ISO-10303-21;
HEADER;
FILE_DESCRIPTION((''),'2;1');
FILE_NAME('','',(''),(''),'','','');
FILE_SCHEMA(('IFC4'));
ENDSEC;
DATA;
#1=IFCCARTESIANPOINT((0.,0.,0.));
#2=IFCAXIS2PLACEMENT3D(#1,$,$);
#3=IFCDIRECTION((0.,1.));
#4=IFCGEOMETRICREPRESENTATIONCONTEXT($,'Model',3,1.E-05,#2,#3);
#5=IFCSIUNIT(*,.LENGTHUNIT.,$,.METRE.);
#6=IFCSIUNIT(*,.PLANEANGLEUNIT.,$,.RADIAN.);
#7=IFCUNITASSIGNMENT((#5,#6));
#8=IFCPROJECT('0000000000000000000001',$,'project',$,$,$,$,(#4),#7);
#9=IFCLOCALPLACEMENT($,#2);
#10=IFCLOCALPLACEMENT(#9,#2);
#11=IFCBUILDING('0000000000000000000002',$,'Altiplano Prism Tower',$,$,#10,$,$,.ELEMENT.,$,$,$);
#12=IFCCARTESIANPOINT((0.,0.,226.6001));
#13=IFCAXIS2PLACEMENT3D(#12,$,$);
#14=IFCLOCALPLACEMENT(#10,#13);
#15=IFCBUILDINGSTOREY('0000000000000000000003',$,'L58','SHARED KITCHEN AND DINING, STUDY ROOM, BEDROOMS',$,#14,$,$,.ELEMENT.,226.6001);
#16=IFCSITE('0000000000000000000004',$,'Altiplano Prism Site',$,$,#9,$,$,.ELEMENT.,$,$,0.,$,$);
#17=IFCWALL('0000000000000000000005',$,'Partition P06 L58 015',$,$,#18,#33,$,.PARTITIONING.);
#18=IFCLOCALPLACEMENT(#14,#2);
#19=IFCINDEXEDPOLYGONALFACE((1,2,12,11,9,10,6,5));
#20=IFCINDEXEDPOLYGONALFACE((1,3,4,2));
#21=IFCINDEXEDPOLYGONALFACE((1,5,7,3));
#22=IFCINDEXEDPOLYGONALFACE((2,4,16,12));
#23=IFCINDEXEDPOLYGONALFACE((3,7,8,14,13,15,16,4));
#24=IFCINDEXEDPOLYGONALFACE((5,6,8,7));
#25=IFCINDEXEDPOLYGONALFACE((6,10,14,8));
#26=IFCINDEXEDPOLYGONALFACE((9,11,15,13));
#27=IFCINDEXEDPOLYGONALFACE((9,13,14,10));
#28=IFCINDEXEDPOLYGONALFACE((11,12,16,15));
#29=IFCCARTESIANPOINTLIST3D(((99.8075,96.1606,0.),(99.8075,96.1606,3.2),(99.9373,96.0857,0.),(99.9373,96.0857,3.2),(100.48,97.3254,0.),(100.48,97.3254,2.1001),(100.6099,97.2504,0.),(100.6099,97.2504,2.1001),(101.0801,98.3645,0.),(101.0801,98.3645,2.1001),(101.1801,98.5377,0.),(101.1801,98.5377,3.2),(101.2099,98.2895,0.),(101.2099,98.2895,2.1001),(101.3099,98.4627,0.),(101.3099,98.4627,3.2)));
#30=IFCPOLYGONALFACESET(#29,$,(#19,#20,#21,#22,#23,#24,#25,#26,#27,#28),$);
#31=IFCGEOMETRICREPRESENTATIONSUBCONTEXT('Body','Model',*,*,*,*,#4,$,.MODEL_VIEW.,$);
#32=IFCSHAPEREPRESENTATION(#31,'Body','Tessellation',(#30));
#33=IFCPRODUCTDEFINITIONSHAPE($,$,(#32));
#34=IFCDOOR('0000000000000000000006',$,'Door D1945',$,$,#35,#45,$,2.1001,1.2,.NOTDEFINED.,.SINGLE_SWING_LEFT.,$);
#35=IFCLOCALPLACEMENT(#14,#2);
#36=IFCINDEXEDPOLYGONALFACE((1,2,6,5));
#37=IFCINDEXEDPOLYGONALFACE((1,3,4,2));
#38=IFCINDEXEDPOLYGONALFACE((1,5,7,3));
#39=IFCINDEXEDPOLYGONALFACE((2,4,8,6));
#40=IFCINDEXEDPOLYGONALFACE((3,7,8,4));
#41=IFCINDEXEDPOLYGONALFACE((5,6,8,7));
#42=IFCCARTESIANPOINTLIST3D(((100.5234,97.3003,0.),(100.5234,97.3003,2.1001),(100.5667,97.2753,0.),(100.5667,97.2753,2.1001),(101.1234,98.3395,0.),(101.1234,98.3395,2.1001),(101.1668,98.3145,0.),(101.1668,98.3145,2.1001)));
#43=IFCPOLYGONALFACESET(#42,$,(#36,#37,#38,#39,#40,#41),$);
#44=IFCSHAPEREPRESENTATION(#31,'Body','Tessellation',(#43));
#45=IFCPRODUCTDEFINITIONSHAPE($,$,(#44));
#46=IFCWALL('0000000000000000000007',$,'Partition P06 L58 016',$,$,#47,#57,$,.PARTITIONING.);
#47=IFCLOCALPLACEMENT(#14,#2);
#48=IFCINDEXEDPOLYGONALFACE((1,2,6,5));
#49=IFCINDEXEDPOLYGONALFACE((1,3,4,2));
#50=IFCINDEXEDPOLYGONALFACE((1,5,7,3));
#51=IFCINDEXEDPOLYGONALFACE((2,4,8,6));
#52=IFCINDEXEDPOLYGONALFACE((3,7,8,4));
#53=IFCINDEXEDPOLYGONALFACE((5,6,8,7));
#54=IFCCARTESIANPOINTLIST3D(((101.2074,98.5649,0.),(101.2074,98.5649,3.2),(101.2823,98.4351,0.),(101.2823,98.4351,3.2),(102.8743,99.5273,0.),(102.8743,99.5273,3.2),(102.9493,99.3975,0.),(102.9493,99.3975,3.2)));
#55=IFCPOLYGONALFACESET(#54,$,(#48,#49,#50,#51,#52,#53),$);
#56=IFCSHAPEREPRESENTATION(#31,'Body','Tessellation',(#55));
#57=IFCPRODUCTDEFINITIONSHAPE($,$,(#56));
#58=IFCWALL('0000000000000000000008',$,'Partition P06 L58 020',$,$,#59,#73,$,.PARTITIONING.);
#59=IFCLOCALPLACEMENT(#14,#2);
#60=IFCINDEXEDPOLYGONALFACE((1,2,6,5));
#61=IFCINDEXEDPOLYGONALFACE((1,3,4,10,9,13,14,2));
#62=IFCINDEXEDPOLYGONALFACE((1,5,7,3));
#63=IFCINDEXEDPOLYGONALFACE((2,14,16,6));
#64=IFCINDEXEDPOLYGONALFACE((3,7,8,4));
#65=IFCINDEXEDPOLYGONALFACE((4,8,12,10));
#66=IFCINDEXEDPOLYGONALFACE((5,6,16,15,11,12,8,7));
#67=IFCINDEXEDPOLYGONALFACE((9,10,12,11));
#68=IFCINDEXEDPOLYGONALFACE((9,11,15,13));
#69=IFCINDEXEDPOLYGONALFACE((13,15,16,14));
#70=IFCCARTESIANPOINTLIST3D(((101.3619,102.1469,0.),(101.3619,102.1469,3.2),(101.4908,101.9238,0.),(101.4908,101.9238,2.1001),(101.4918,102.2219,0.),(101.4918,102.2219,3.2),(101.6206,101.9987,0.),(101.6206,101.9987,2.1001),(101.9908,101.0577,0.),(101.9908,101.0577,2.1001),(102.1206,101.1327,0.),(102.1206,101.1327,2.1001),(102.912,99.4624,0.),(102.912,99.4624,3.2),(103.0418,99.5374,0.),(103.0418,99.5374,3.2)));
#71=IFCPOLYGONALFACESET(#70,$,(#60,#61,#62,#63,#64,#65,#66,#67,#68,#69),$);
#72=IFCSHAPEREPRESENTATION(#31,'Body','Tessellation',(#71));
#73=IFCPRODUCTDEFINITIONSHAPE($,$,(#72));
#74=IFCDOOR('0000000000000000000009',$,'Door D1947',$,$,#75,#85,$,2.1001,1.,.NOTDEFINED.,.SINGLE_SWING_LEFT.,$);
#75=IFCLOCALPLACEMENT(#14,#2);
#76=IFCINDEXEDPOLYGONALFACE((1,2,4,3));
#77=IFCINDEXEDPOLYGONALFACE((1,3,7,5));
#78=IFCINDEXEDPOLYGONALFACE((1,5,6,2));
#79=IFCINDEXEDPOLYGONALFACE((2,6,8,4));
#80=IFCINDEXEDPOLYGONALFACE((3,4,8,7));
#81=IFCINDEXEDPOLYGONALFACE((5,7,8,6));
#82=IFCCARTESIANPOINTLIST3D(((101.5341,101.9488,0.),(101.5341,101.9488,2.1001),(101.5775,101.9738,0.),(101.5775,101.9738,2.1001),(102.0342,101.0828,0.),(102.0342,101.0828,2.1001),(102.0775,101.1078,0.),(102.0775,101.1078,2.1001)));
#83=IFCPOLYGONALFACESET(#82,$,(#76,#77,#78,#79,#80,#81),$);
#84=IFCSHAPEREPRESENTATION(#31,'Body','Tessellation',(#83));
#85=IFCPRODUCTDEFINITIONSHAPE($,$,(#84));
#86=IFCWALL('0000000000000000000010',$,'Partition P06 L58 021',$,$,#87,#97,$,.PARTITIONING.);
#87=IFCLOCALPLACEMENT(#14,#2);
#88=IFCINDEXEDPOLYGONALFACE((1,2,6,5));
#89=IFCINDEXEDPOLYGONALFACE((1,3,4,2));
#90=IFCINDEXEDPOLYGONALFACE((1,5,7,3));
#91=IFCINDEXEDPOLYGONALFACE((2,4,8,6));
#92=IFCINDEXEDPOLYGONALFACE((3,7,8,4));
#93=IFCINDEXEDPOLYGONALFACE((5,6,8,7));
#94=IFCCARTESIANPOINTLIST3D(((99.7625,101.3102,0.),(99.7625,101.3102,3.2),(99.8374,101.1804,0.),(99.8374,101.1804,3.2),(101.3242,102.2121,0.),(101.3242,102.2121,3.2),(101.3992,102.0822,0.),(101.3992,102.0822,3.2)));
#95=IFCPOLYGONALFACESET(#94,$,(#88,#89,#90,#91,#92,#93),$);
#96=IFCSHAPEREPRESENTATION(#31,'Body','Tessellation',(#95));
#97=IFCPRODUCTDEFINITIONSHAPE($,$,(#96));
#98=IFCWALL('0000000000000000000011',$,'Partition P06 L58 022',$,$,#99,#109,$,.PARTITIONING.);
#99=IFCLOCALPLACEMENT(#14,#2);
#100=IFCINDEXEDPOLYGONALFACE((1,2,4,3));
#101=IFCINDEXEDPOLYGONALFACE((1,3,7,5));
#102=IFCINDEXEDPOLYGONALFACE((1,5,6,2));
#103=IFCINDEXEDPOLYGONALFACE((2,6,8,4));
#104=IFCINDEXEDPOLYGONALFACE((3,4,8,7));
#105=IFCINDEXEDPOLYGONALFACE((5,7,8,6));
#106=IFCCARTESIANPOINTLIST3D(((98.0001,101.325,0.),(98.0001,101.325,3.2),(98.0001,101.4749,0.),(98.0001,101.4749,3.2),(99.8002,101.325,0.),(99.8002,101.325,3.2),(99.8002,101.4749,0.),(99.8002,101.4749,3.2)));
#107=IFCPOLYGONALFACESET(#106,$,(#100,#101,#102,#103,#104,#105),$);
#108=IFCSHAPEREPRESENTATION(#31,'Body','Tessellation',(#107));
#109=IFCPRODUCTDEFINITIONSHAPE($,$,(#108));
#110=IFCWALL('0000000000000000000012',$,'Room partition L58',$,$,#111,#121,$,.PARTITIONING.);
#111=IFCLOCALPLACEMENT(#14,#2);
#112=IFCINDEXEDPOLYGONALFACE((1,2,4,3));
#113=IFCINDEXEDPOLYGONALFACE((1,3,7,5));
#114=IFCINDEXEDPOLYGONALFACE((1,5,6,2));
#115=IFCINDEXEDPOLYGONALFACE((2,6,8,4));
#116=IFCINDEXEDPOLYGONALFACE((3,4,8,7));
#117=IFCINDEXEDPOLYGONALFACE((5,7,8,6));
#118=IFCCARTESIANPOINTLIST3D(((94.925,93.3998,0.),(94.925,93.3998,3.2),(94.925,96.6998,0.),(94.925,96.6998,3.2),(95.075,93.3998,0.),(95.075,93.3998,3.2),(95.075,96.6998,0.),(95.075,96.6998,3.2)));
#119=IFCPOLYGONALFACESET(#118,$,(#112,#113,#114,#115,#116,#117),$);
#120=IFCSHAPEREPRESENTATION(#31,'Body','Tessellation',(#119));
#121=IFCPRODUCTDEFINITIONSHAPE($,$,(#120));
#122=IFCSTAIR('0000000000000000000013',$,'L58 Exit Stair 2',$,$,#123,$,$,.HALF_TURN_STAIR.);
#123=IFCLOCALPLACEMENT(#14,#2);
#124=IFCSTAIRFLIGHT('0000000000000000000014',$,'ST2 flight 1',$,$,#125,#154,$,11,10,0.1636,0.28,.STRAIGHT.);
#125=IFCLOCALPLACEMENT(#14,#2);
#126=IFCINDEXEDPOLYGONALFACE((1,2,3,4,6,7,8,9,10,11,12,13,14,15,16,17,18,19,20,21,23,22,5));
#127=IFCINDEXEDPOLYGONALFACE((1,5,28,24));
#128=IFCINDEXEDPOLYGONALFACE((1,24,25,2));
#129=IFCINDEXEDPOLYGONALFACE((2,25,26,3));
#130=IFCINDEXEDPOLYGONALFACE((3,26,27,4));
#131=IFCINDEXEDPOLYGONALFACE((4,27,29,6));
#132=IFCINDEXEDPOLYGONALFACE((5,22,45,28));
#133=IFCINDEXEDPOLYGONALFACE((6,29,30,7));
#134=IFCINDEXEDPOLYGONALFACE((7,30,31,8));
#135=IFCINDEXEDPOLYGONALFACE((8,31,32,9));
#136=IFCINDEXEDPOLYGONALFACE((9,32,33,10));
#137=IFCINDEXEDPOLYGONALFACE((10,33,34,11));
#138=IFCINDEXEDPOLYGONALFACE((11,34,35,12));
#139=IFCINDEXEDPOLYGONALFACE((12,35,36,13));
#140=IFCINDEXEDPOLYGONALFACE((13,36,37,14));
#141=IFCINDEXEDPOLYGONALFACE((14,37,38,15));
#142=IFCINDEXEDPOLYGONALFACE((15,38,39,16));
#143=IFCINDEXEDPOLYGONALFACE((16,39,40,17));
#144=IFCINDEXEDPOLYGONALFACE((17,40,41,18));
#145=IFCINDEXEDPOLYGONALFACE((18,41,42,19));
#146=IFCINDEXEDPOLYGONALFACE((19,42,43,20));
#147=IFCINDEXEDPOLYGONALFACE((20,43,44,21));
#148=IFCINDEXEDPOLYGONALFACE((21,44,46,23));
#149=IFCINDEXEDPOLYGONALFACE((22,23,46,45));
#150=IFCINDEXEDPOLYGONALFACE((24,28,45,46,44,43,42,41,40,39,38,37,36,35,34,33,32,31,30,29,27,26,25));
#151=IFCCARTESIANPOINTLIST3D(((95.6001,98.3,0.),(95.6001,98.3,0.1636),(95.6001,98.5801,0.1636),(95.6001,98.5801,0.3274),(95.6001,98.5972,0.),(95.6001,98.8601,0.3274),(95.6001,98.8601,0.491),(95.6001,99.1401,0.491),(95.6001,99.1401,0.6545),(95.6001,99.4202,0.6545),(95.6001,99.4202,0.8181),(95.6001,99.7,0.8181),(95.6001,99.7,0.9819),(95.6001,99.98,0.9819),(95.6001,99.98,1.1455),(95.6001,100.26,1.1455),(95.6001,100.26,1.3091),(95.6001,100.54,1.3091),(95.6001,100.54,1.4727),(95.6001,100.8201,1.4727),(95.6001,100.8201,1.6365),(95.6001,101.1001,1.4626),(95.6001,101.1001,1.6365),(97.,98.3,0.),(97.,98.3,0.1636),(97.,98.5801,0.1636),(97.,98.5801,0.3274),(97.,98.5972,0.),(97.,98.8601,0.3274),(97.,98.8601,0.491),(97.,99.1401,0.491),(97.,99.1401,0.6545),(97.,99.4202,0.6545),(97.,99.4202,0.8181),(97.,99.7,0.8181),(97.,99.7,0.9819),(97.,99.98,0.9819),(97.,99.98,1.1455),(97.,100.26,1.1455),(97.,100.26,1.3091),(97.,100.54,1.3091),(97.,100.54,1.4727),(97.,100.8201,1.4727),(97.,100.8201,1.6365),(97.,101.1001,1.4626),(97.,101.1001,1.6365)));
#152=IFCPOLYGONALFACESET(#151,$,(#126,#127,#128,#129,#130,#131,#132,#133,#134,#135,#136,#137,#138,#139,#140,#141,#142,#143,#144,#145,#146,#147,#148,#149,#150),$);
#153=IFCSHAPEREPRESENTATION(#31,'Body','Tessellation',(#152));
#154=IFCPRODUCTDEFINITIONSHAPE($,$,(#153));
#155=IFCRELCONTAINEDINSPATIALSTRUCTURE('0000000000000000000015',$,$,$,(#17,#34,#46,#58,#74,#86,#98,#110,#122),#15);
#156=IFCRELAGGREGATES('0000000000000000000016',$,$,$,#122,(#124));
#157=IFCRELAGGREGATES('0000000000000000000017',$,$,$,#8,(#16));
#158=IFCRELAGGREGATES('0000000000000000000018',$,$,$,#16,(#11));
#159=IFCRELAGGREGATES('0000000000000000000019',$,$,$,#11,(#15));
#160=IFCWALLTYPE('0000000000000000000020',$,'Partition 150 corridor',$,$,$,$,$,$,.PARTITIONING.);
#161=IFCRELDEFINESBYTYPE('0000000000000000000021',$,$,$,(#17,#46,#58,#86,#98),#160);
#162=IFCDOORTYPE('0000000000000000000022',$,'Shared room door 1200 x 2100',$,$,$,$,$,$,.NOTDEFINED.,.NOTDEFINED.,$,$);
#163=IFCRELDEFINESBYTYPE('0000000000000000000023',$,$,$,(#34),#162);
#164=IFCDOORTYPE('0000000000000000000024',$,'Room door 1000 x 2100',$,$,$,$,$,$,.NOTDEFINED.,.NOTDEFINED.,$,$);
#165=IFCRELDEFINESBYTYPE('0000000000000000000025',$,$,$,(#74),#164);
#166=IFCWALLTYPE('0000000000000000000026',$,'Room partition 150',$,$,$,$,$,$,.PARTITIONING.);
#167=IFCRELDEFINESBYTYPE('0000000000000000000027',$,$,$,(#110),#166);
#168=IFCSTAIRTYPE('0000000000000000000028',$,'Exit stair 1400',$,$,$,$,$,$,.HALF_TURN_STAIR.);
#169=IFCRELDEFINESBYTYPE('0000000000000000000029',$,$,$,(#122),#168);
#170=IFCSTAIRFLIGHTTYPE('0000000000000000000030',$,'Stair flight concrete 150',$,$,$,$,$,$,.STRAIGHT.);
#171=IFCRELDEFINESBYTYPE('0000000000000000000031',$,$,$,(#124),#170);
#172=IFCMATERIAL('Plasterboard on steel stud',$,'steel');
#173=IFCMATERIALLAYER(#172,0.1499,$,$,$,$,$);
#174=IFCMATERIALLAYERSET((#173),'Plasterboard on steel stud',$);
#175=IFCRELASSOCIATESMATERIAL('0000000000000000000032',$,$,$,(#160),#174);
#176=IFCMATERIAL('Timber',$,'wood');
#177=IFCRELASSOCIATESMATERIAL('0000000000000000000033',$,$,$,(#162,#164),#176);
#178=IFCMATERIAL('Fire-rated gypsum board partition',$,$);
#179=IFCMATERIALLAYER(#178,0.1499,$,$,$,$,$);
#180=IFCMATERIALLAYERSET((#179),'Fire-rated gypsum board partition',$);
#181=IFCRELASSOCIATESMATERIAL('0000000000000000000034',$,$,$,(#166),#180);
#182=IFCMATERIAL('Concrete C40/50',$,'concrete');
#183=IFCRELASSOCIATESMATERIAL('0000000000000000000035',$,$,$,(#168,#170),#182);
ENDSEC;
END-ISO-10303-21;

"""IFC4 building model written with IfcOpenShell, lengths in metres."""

from ifc_helpers import new_model, si_unit, direction, frame, frame_2d, origin, place, context, subcontext, project, spatial, polyline, rectangle, outline, extrude, material, layer, layer_set, type_object, element, fill, aggregate, save


model = new_model("IFC4")

# Units and contexts
model_context = context("Model", 3, precision=1e-05, world=origin(), true_north=direction((0.0, 1.0)))
body_context = subcontext(model_context, "Body", "Model", "MODEL_VIEW")
ifc_project = project(units=[si_unit("LENGTHUNIT", "METRE"), si_unit("PLANEANGLEUNIT", "RADIAN")], contexts=[model_context])

# Site, building, storey
site_placement = place(None, origin())
site = spatial("IfcSite", under=ifc_project, at=site_placement, Name="Altiplano Prism Site", CompositionType="ELEMENT", RefElevation=0.0)
building_placement = place(site_placement, origin())
building = spatial("IfcBuilding", under=site, at=building_placement, Name="Altiplano Prism Tower", CompositionType="ELEMENT")
storey_placement = place(building_placement, frame((0.0, 0.0, 226.6001)))
storey = spatial("IfcBuildingStorey", under=building, at=storey_placement, Name="L58", Description="SHARED KITCHEN AND DINING, STUDY ROOM, BEDROOMS", CompositionType="ELEMENT", Elevation=226.6001)

# Shared definitions
ifc_material_1 = material(Name="Plasterboard on steel stud", Category="steel")
ifc_material_2 = material(Name="Timber", Category="wood")

# Shared definitions
ifc_layer_1 = layer(ifc_material_1, 0.1499)
ifc_layer_set_1 = layer_set([ifc_layer_1], Name="Plasterboard on steel stud")
wall_type_1 = type_object("IfcWallType", Name="Partition 150 corridor", PredefinedType="PARTITIONING", material=ifc_layer_set_1)

# Wall, opening, door
wall_1_placement = place(storey_placement, frame((99.8723, 96.123, 0.0), z_axis=(0.0, 0.0, 1.0), x_axis=(0.500061, 0.86599, 0.0)))
wall_1 = element("IfcWall", 1, at=wall_1_placement, inside=storey, type_object=wall_type_1, Name="Partition P06 L58 015", PredefinedType="PARTITIONING", context=body_context, shape_type="SweptSolid", body=[
    extrude(rectangle(XDim=2.7449, YDim=0.1499, at=frame_2d((1.3726, 0.0))), origin(), (0.0, 0.0, 1.0), 3.2),
])
opening_1_placement = place(wall_1_placement, frame((1.345, 0.0, 0.0)))
opening_1 = element("IfcOpeningElement", 2, at=opening_1_placement, cuts=wall_1, PredefinedType="OPENING", context=body_context, shape_type="SweptSolid", body=[
    extrude(rectangle(XDim=1.2, YDim=2.1001, at=frame_2d((0.6001, 1.05))), frame((0.0, 0.0854, 0.0), z_axis=(0.0, -1.0, 0.0), x_axis=(1.0, 0.0, 0.0)), (0.0, 0.0, 1.0), 0.1709),
])
door_type_1 = type_object("IfcDoorType", Name="Shared room door 1200 x 2100", OperationType="NOTDEFINED", PredefinedType="NOTDEFINED", material=ifc_material_2)
door_1_placement = place(opening_1_placement, origin())
door_1 = element("IfcDoor", 3, at=door_1_placement, inside=storey, type_object=door_type_1, Name="Door D1945", OperationType="SINGLE_SWING_LEFT", OverallHeight=2.1001, OverallWidth=1.2, PredefinedType="NOTDEFINED", context=body_context, shape_type="SweptSolid", body=[
    extrude(rectangle(XDim=1.2, YDim=2.1001, at=frame_2d((0.6001, 1.05))), frame((0.0, 0.0249, 0.0), z_axis=(0.0, -1.0, 0.0), x_axis=(1.0, 0.0, 0.0)), (0.0, 0.0, 1.0), 0.05),
])
fill(opening_1, door_1)

# Wall
wall_2_placement = place(storey_placement, frame((101.2449, 98.5, 0.0), z_axis=(0.0, 0.0, 1.0), x_axis=(0.866034, 0.499986, 0.0)))
element("IfcWall", 4, at=wall_2_placement, inside=storey, type_object=wall_type_1, Name="Partition P06 L58 016", PredefinedType="PARTITIONING", context=body_context, shape_type="SweptSolid", body=[
    extrude(rectangle(XDim=1.9248, YDim=0.1499, at=frame_2d((0.9624, 0.0))), origin(), (0.0, 0.0, 1.0), 3.2),
])

# Wall, opening, door
wall_3_placement = place(storey_placement, frame((102.9768, 99.5, 0.0), z_axis=(0.0, 0.0, 1.0), x_axis=(-0.500027, 0.86601, 0.0)))
wall_3 = element("IfcWall", 5, at=wall_3_placement, inside=storey, type_object=wall_type_1, Name="Partition P06 L58 020", PredefinedType="PARTITIONING", context=body_context, shape_type="SweptSolid", body=[
    extrude(rectangle(XDim=3.0999, YDim=0.1499, at=frame_2d((1.5498, 0.0))), origin(), (0.0, 0.0, 1.0), 3.2),
])
opening_2_placement = place(wall_3_placement, frame((1.842, 0.0, 0.0)))
opening_2 = element("IfcOpeningElement", 6, at=opening_2_placement, cuts=wall_3, PredefinedType="OPENING", context=body_context, shape_type="SweptSolid", body=[
    extrude(rectangle(XDim=1.0, YDim=2.1001, at=frame_2d((0.5, 1.05))), frame((0.0, 0.0854, 0.0), z_axis=(0.0, -1.0, 0.0), x_axis=(1.0, 0.0, 0.0)), (0.0, 0.0, 1.0), 0.1709),
])
door_type_2 = type_object("IfcDoorType", Name="Room door 1000 x 2100", OperationType="NOTDEFINED", PredefinedType="NOTDEFINED", material=ifc_material_2)
door_2_placement = place(opening_2_placement, origin())
door_2 = element("IfcDoor", 7, at=door_2_placement, inside=storey, type_object=door_type_2, Name="Door D1947", OperationType="SINGLE_SWING_LEFT", OverallHeight=2.1001, OverallWidth=1.0, PredefinedType="NOTDEFINED", context=body_context, shape_type="SweptSolid", body=[
    extrude(rectangle(XDim=1.0, YDim=2.1001, at=frame_2d((0.5, 1.05))), frame((0.0, 0.0249, 0.0), z_axis=(0.0, -1.0, 0.0), x_axis=(1.0, 0.0, 0.0)), (0.0, 0.0, 1.0), 0.05),
])
fill(opening_2, door_2)

# Walls
wall_4_placement = place(storey_placement, frame((101.3618, 102.1472, 0.0), z_axis=(0.0, 0.0, 1.0), x_axis=(-0.865985, -0.50007, 0.0)))
element("IfcWall", 8, at=wall_4_placement, inside=storey, type_object=wall_type_1, Name="Partition P06 L58 021", PredefinedType="PARTITIONING", context=body_context, shape_type="SweptSolid", body=[
    extrude(rectangle(XDim=1.8035, YDim=0.1499, at=frame_2d((0.9019, 0.0))), origin(), (0.0, 0.0, 1.0), 3.2),
])
wall_5_placement = place(storey_placement, frame((99.8, 101.3999, 0.0), z_axis=(0.0, 0.0, 1.0), x_axis=(-1.0, 0.0, 0.0)))
element("IfcWall", 9, at=wall_5_placement, inside=storey, type_object=wall_type_1, Name="Partition P06 L58 022", PredefinedType="PARTITIONING", context=body_context, shape_type="SweptSolid", body=[
    extrude(rectangle(XDim=1.8, YDim=0.1499, at=frame_2d((0.8999, 0.0))), origin(), (0.0, 0.0, 1.0), 3.2),
])
ifc_material_3 = material(Name="Fire-rated gypsum board partition")
ifc_layer_2 = layer(ifc_material_3, 0.1499)
ifc_layer_set_2 = layer_set([ifc_layer_2], Name="Fire-rated gypsum board partition")
wall_type_2 = type_object("IfcWallType", Name="Room partition 150", PredefinedType="PARTITIONING", material=ifc_layer_set_2)
wall_6_placement = place(storey_placement, frame((95.0, 93.3999, 0.0), z_axis=(0.0, 0.0, 1.0), x_axis=(0.0, 1.0, 0.0)))
element("IfcWall", 10, at=wall_6_placement, inside=storey, type_object=wall_type_2, Name="Room partition L58", PredefinedType="PARTITIONING", context=body_context, shape_type="SweptSolid", body=[
    extrude(rectangle(XDim=3.3, YDim=0.1499, at=frame_2d((1.6499, 0.0))), origin(), (0.0, 0.0, 1.0), 3.2),
])

# Stair, stair flight
ifc_material_4 = material(Name="Concrete C40/50", Category="concrete")
stair_type = type_object("IfcStairType", Name="Exit stair 1400", PredefinedType="HALF_TURN_STAIR", material=ifc_material_4)
stair_placement = place(storey_placement, origin())
stair = element("IfcStair", 11, at=stair_placement, inside=storey, type_object=stair_type, Name="L58 Exit Stair 2", PredefinedType="HALF_TURN_STAIR")
stair_flight_type = type_object("IfcStairFlightType", Name="Stair flight concrete 150", PredefinedType="STRAIGHT", material=ifc_material_4)
stair_flight_placement = place(storey_placement, frame((96.3, 98.3, 0.0), z_axis=(0.0, 0.0, 1.0), x_axis=(0.0, 1.0, 0.0)))
stair_flight = element("IfcStairFlight", 12, at=stair_flight_placement, type_object=stair_flight_type, Name="ST2 flight 1", NumberOfRisers=11, NumberOfTreads=10, PredefinedType="STRAIGHT", RiserHeight=0.1636, TreadLength=0.28, context=body_context, shape_type="SweptSolid", body=[
    extrude(outline(polyline([(0.0, 0.0), (0.0, 0.1636), (0.28, 0.1636), (0.28, 0.3274), (0.5601, 0.3274), (0.5601, 0.491), (0.8401, 0.491), (0.8401, 0.6545), (1.1201, 0.6545), (1.1201, 0.8181), (1.3999, 0.8181), (1.3999, 0.9819), (1.6799, 0.9819), (1.6799, 1.1455), (1.96, 1.1455), (1.96, 1.3091), (2.24, 1.3091), (2.24, 1.4727), (2.52, 1.4727), (2.52, 1.6365), (2.8, 1.6365), (2.8, 1.8), (2.8, 1.4626), (0.2971, 0.0), (0.0, 0.0)])), frame((0.0, 0.7, 0.0), z_axis=(0.0, -1.0, 0.0), x_axis=(1.0, 0.0, 0.0)), (0.0, 0.0, 1.0), 1.3999),
])
aggregate(stair, [stair_flight])

save(model, "model.ifc")
